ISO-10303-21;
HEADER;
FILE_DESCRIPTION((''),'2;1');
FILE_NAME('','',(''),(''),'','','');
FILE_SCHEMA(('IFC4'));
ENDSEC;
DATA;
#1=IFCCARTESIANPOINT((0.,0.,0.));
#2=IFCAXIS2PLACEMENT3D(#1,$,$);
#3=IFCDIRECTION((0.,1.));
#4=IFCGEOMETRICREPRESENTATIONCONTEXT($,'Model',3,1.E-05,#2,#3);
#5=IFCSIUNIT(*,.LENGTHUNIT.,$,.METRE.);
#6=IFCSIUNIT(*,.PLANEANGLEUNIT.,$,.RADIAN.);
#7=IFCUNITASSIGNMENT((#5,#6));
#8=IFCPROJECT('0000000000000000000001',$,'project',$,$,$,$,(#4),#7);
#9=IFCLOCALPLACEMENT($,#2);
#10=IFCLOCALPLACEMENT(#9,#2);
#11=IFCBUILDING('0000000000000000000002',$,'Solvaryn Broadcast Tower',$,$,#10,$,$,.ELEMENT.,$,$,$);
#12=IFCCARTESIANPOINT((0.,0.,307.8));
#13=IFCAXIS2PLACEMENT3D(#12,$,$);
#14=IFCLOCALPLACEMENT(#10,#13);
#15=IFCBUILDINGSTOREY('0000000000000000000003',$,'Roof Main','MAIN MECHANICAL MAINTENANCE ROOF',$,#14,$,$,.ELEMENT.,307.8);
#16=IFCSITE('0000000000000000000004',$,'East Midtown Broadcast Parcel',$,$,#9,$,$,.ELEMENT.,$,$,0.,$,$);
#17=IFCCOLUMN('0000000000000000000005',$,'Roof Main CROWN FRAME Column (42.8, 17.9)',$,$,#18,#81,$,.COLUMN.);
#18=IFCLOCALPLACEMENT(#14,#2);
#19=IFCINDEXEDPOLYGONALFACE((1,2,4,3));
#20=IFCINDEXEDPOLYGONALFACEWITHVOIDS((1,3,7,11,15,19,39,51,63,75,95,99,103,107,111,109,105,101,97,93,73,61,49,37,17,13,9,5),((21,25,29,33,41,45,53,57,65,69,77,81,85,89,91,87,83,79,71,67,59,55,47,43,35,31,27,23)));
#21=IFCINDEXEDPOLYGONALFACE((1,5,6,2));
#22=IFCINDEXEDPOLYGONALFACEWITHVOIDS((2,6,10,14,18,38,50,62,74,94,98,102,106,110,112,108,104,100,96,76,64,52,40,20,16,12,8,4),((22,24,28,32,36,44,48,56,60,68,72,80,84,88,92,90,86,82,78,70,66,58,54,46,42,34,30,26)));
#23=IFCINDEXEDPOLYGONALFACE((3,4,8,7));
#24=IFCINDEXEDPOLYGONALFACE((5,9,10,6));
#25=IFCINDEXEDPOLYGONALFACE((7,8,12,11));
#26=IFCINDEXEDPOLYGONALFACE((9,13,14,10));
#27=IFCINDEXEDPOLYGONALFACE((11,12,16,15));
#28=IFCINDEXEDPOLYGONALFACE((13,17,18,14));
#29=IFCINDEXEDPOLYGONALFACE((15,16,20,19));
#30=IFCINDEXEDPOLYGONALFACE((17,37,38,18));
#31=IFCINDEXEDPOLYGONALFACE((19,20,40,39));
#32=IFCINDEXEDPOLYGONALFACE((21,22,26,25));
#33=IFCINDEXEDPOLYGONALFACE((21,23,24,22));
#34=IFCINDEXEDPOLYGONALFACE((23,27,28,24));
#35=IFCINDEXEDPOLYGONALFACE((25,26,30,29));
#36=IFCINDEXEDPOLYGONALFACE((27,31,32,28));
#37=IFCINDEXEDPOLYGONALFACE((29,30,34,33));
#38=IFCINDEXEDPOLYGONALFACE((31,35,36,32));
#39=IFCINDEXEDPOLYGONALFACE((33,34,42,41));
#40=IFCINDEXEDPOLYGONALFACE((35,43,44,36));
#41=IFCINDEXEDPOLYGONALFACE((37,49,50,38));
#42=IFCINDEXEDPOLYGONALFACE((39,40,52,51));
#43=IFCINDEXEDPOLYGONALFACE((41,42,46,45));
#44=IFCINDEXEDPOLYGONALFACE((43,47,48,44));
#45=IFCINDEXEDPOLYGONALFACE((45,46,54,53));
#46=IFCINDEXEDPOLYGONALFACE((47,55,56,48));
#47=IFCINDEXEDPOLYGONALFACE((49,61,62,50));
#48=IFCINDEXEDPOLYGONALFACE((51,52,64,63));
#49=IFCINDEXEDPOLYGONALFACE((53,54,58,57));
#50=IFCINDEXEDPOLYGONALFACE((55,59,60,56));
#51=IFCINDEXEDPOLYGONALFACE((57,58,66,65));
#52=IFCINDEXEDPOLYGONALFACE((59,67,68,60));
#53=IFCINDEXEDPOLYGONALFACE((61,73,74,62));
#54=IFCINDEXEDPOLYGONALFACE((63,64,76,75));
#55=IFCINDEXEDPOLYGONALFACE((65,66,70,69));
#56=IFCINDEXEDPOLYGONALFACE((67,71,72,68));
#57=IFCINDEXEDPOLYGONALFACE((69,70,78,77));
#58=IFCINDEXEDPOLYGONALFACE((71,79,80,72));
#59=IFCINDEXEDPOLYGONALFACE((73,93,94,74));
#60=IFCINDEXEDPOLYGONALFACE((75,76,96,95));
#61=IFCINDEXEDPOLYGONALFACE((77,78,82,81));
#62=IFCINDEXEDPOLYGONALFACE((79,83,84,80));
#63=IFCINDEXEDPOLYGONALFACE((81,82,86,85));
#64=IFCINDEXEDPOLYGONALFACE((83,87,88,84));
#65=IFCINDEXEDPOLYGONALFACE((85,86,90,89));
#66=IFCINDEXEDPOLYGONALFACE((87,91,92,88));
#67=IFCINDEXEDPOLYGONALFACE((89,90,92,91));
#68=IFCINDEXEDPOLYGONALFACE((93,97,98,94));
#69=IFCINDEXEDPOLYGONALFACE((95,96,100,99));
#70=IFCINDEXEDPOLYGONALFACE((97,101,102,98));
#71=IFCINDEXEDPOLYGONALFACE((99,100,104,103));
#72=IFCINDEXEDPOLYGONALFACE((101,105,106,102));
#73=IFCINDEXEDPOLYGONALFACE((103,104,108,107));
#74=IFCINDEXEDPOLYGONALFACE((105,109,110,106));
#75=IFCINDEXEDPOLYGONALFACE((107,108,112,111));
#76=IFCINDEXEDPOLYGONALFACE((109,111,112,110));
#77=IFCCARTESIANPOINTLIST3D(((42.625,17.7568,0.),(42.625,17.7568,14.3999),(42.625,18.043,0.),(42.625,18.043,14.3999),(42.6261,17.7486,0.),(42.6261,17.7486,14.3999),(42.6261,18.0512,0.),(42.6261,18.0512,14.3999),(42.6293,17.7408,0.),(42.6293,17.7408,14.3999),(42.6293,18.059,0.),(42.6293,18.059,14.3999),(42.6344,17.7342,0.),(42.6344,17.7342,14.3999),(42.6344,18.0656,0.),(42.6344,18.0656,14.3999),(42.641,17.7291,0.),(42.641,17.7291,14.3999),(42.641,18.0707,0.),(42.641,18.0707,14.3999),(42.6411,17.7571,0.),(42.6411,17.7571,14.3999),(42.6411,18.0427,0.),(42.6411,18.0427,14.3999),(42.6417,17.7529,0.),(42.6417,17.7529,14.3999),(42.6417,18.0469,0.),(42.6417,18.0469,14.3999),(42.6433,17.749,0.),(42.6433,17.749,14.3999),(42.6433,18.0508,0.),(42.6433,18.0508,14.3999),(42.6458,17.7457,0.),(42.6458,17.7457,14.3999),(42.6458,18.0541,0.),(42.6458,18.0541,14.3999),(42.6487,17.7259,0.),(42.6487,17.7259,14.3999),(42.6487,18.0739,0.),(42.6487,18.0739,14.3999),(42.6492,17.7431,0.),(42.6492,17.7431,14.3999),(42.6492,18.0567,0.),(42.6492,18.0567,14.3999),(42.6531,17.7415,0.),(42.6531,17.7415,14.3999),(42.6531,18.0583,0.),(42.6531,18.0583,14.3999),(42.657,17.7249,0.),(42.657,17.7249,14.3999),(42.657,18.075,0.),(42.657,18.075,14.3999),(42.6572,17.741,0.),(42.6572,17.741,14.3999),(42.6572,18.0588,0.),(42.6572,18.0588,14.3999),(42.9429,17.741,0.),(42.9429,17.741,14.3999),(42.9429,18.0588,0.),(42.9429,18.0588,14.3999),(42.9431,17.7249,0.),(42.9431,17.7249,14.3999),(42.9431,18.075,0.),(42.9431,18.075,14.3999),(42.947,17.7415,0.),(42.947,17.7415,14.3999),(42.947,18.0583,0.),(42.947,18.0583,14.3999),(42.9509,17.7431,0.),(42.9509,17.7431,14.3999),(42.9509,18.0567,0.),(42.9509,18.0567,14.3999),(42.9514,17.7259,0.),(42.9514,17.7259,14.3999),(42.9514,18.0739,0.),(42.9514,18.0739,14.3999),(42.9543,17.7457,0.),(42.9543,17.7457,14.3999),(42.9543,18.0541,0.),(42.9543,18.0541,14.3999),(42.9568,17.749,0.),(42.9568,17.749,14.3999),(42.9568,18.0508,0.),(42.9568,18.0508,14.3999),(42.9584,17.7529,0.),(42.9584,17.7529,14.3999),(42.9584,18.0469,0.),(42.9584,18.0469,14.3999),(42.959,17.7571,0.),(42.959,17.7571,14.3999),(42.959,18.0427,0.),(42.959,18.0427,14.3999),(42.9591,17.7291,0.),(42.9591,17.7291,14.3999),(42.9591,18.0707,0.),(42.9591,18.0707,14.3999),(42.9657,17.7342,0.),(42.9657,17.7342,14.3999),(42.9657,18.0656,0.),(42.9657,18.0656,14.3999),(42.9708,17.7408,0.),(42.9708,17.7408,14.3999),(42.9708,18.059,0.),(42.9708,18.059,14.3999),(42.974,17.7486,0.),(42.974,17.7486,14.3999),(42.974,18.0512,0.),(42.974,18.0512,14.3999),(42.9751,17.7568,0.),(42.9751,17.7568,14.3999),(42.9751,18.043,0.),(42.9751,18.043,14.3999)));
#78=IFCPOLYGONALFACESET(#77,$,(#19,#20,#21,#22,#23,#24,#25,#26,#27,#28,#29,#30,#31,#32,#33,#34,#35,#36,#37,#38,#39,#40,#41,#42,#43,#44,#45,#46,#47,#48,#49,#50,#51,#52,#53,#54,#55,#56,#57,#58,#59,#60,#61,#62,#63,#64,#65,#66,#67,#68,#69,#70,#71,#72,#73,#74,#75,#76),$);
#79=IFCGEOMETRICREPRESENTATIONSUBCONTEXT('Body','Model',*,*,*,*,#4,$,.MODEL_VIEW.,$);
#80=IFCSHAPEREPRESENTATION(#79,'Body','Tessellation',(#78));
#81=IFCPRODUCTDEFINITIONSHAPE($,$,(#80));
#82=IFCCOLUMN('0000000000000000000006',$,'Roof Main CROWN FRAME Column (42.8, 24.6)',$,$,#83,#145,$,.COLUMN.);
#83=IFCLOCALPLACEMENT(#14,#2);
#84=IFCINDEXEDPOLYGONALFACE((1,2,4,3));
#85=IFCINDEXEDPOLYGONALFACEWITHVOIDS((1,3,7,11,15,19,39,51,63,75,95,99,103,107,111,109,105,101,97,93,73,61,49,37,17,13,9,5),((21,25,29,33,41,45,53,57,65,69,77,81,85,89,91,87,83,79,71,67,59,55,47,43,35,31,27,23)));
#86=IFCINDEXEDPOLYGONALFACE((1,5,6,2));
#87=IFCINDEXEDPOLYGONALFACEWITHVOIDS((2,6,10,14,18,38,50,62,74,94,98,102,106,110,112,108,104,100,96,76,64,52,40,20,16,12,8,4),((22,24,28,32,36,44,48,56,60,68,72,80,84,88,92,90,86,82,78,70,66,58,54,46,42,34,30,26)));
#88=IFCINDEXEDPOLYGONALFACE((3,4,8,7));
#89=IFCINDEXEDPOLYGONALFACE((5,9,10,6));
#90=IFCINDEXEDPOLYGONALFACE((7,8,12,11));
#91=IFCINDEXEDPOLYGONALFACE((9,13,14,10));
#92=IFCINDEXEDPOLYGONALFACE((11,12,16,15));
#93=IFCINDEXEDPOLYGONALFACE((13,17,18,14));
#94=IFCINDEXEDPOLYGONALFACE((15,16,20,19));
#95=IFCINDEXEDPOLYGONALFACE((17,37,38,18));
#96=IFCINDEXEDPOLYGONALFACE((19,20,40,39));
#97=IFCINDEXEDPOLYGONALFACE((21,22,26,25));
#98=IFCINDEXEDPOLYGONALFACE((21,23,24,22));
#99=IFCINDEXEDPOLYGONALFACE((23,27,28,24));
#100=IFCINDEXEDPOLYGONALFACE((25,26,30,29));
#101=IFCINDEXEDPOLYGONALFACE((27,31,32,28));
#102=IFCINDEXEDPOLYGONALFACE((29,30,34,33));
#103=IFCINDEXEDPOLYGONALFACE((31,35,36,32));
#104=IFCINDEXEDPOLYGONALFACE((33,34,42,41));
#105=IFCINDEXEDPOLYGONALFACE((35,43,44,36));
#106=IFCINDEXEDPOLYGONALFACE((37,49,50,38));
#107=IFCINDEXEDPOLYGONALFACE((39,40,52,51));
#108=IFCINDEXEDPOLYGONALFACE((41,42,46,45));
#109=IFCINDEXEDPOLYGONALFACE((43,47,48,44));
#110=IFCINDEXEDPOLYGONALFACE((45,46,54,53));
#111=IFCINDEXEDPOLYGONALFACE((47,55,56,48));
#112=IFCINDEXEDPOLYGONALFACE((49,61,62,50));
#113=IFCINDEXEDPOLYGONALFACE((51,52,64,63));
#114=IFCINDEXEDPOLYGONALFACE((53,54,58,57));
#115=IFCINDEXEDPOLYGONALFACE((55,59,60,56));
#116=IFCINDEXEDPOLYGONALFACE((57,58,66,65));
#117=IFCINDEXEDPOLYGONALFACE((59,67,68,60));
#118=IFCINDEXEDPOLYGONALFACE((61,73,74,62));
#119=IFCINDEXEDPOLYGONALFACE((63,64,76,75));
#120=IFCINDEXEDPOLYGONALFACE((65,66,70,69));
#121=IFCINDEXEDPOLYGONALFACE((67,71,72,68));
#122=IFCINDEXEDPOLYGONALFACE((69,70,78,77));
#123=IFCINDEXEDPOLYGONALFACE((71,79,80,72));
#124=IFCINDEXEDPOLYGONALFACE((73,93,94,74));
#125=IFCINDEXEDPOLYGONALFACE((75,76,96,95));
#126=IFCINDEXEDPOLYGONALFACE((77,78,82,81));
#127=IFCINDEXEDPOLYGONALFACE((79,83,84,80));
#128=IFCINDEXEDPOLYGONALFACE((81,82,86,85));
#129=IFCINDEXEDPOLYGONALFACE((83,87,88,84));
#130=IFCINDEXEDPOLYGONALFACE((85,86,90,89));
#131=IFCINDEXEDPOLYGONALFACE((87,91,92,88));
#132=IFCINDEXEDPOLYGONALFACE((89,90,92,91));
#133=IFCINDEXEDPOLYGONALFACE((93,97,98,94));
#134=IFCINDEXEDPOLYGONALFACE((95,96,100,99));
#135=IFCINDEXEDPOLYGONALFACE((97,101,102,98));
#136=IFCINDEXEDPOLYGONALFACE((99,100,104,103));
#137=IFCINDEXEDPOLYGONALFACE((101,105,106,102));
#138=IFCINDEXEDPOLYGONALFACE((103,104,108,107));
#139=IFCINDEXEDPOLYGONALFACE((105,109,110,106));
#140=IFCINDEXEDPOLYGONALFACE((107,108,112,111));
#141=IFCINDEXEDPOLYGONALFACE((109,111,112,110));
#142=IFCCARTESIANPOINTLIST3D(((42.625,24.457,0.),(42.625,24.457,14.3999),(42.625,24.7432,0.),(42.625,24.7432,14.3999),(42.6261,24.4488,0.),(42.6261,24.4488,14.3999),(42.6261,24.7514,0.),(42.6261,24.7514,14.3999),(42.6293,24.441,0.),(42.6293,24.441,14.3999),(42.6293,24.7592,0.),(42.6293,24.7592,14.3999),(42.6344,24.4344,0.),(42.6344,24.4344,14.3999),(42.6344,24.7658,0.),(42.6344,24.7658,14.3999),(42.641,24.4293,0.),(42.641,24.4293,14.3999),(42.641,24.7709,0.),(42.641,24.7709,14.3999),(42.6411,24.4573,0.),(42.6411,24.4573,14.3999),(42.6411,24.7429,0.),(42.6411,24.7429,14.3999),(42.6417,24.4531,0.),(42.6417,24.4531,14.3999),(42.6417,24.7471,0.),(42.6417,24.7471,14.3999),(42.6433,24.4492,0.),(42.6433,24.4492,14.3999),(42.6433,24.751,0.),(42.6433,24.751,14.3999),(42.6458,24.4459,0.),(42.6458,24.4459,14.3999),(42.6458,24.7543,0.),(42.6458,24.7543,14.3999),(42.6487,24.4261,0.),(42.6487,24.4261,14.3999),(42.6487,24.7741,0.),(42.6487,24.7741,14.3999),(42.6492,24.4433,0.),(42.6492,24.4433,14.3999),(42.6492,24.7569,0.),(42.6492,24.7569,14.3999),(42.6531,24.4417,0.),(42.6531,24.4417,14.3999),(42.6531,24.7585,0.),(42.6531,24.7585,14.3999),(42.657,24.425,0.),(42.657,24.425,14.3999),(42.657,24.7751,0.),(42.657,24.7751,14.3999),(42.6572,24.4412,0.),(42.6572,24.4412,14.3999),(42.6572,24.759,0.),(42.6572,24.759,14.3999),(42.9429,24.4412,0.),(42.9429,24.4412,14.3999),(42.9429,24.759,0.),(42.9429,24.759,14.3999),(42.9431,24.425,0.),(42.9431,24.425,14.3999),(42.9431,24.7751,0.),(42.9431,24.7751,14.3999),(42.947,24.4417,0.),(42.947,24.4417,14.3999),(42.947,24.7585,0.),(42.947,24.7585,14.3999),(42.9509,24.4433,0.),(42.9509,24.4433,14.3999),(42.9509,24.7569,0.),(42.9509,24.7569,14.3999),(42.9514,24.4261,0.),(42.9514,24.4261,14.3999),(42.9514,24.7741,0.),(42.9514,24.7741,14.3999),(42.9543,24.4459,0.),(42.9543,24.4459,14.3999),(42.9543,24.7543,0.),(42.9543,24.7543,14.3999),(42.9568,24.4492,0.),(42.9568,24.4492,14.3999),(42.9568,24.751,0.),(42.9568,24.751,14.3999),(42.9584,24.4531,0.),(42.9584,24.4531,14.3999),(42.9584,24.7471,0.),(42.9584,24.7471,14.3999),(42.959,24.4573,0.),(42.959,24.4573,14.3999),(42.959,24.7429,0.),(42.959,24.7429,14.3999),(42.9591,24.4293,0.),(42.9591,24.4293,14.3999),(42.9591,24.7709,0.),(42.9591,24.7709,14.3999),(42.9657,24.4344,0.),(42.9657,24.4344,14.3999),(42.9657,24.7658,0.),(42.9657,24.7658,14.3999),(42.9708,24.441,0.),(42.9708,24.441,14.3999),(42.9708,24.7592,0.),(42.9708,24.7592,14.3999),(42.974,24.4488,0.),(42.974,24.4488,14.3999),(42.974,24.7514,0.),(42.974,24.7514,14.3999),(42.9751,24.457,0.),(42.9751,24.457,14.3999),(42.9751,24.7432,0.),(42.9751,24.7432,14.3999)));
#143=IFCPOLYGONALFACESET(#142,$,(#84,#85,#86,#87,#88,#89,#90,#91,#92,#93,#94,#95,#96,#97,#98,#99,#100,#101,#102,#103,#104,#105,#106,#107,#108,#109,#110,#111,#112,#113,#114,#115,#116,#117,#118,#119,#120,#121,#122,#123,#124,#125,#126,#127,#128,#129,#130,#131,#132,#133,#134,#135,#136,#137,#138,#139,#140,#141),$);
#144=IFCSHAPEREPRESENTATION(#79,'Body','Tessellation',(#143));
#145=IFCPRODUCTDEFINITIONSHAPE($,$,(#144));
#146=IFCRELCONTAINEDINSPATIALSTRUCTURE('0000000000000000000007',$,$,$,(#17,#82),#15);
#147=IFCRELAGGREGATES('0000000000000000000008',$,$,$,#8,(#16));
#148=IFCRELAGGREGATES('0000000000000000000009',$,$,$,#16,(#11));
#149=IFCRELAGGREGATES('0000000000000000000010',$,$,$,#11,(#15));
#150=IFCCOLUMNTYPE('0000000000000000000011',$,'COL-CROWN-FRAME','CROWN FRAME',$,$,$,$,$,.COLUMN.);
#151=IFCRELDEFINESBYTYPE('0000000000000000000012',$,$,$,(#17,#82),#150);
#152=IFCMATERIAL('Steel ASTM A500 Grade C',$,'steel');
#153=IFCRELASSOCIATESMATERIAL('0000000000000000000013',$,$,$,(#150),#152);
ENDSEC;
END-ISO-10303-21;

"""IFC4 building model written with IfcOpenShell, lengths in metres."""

from ifc_helpers import new_model, si_unit, direction, frame, origin, origin_2d, place, context, subcontext, project, spatial, hollow_rectangle, extrude, material, material_profile, profile_set, type_object, element, save


model = new_model("IFC4")

# Units and contexts
model_context = context("Model", 3, precision=1e-05, world=origin(), true_north=direction((0.0, 1.0)))
body_context = subcontext(model_context, "Body", "Model", "MODEL_VIEW")
ifc_project = project(units=[si_unit("LENGTHUNIT", "METRE"), si_unit("PLANEANGLEUNIT", "RADIAN")], contexts=[model_context])

# Site, building, storey
site_placement = place(None, origin())
site = spatial("IfcSite", under=ifc_project, at=site_placement, Name="East Midtown Broadcast Parcel", CompositionType="ELEMENT", RefElevation=0.0)
building_placement = place(site_placement, origin())
building = spatial("IfcBuilding", under=site, at=building_placement, Name="Solvaryn Broadcast Tower", CompositionType="ELEMENT")
storey_placement = place(building_placement, frame((0.0, 0.0, 307.8)))
storey = spatial("IfcBuildingStorey", under=building, at=storey_placement, Name="Roof Main", Description="MAIN MECHANICAL MAINTENANCE ROOF", CompositionType="ELEMENT", Elevation=307.8)

# Columns
ifc_material_1 = material(Name="Steel ASTM A500 Grade C", Category="steel")
ifc_material_profile_1 = material_profile(ifc_material_1, hollow_rectangle(XDim=0.3501, YDim=0.3501, WallThickness=0.0161, InnerFilletRadius=0.0161, OuterFilletRadius=0.032, at=origin_2d()))
ifc_profile_set_1 = profile_set([ifc_material_profile_1], Name="Steel ASTM A500 Grade C")
column_type = type_object("IfcColumnType", Name="COL-CROWN-FRAME", Description="CROWN FRAME", PredefinedType="COLUMN", material=ifc_profile_set_1)
for number, where, z_axis, x_axis, name in (
    (1, (42.8, 17.8999, 0.0), (0.0, 0.0, 1.0), (1.0, 0.0, 0.0), "Roof Main CROWN FRAME Column (42.8, 17.9)"),
    (2, (42.8, 24.6001, 0.0), (0.0, 0.0, 1.0), (1.0, 0.0, 0.0), "Roof Main CROWN FRAME Column (42.8, 24.6)"),
):
    element("IfcColumn", number, at=place(storey_placement, frame(where, z_axis=z_axis, x_axis=x_axis)), inside=storey, type_object=column_type, Name=name, PredefinedType="COLUMN", context=body_context, shape_type="SweptSolid", body=[
        extrude(hollow_rectangle(XDim=0.3501, YDim=0.3501, WallThickness=0.0161, InnerFilletRadius=0.0161, OuterFilletRadius=0.032, at=origin_2d()), origin(), (0.0, 0.0, 1.0), 14.3999),
    ])

save(model, "model.ifc")
